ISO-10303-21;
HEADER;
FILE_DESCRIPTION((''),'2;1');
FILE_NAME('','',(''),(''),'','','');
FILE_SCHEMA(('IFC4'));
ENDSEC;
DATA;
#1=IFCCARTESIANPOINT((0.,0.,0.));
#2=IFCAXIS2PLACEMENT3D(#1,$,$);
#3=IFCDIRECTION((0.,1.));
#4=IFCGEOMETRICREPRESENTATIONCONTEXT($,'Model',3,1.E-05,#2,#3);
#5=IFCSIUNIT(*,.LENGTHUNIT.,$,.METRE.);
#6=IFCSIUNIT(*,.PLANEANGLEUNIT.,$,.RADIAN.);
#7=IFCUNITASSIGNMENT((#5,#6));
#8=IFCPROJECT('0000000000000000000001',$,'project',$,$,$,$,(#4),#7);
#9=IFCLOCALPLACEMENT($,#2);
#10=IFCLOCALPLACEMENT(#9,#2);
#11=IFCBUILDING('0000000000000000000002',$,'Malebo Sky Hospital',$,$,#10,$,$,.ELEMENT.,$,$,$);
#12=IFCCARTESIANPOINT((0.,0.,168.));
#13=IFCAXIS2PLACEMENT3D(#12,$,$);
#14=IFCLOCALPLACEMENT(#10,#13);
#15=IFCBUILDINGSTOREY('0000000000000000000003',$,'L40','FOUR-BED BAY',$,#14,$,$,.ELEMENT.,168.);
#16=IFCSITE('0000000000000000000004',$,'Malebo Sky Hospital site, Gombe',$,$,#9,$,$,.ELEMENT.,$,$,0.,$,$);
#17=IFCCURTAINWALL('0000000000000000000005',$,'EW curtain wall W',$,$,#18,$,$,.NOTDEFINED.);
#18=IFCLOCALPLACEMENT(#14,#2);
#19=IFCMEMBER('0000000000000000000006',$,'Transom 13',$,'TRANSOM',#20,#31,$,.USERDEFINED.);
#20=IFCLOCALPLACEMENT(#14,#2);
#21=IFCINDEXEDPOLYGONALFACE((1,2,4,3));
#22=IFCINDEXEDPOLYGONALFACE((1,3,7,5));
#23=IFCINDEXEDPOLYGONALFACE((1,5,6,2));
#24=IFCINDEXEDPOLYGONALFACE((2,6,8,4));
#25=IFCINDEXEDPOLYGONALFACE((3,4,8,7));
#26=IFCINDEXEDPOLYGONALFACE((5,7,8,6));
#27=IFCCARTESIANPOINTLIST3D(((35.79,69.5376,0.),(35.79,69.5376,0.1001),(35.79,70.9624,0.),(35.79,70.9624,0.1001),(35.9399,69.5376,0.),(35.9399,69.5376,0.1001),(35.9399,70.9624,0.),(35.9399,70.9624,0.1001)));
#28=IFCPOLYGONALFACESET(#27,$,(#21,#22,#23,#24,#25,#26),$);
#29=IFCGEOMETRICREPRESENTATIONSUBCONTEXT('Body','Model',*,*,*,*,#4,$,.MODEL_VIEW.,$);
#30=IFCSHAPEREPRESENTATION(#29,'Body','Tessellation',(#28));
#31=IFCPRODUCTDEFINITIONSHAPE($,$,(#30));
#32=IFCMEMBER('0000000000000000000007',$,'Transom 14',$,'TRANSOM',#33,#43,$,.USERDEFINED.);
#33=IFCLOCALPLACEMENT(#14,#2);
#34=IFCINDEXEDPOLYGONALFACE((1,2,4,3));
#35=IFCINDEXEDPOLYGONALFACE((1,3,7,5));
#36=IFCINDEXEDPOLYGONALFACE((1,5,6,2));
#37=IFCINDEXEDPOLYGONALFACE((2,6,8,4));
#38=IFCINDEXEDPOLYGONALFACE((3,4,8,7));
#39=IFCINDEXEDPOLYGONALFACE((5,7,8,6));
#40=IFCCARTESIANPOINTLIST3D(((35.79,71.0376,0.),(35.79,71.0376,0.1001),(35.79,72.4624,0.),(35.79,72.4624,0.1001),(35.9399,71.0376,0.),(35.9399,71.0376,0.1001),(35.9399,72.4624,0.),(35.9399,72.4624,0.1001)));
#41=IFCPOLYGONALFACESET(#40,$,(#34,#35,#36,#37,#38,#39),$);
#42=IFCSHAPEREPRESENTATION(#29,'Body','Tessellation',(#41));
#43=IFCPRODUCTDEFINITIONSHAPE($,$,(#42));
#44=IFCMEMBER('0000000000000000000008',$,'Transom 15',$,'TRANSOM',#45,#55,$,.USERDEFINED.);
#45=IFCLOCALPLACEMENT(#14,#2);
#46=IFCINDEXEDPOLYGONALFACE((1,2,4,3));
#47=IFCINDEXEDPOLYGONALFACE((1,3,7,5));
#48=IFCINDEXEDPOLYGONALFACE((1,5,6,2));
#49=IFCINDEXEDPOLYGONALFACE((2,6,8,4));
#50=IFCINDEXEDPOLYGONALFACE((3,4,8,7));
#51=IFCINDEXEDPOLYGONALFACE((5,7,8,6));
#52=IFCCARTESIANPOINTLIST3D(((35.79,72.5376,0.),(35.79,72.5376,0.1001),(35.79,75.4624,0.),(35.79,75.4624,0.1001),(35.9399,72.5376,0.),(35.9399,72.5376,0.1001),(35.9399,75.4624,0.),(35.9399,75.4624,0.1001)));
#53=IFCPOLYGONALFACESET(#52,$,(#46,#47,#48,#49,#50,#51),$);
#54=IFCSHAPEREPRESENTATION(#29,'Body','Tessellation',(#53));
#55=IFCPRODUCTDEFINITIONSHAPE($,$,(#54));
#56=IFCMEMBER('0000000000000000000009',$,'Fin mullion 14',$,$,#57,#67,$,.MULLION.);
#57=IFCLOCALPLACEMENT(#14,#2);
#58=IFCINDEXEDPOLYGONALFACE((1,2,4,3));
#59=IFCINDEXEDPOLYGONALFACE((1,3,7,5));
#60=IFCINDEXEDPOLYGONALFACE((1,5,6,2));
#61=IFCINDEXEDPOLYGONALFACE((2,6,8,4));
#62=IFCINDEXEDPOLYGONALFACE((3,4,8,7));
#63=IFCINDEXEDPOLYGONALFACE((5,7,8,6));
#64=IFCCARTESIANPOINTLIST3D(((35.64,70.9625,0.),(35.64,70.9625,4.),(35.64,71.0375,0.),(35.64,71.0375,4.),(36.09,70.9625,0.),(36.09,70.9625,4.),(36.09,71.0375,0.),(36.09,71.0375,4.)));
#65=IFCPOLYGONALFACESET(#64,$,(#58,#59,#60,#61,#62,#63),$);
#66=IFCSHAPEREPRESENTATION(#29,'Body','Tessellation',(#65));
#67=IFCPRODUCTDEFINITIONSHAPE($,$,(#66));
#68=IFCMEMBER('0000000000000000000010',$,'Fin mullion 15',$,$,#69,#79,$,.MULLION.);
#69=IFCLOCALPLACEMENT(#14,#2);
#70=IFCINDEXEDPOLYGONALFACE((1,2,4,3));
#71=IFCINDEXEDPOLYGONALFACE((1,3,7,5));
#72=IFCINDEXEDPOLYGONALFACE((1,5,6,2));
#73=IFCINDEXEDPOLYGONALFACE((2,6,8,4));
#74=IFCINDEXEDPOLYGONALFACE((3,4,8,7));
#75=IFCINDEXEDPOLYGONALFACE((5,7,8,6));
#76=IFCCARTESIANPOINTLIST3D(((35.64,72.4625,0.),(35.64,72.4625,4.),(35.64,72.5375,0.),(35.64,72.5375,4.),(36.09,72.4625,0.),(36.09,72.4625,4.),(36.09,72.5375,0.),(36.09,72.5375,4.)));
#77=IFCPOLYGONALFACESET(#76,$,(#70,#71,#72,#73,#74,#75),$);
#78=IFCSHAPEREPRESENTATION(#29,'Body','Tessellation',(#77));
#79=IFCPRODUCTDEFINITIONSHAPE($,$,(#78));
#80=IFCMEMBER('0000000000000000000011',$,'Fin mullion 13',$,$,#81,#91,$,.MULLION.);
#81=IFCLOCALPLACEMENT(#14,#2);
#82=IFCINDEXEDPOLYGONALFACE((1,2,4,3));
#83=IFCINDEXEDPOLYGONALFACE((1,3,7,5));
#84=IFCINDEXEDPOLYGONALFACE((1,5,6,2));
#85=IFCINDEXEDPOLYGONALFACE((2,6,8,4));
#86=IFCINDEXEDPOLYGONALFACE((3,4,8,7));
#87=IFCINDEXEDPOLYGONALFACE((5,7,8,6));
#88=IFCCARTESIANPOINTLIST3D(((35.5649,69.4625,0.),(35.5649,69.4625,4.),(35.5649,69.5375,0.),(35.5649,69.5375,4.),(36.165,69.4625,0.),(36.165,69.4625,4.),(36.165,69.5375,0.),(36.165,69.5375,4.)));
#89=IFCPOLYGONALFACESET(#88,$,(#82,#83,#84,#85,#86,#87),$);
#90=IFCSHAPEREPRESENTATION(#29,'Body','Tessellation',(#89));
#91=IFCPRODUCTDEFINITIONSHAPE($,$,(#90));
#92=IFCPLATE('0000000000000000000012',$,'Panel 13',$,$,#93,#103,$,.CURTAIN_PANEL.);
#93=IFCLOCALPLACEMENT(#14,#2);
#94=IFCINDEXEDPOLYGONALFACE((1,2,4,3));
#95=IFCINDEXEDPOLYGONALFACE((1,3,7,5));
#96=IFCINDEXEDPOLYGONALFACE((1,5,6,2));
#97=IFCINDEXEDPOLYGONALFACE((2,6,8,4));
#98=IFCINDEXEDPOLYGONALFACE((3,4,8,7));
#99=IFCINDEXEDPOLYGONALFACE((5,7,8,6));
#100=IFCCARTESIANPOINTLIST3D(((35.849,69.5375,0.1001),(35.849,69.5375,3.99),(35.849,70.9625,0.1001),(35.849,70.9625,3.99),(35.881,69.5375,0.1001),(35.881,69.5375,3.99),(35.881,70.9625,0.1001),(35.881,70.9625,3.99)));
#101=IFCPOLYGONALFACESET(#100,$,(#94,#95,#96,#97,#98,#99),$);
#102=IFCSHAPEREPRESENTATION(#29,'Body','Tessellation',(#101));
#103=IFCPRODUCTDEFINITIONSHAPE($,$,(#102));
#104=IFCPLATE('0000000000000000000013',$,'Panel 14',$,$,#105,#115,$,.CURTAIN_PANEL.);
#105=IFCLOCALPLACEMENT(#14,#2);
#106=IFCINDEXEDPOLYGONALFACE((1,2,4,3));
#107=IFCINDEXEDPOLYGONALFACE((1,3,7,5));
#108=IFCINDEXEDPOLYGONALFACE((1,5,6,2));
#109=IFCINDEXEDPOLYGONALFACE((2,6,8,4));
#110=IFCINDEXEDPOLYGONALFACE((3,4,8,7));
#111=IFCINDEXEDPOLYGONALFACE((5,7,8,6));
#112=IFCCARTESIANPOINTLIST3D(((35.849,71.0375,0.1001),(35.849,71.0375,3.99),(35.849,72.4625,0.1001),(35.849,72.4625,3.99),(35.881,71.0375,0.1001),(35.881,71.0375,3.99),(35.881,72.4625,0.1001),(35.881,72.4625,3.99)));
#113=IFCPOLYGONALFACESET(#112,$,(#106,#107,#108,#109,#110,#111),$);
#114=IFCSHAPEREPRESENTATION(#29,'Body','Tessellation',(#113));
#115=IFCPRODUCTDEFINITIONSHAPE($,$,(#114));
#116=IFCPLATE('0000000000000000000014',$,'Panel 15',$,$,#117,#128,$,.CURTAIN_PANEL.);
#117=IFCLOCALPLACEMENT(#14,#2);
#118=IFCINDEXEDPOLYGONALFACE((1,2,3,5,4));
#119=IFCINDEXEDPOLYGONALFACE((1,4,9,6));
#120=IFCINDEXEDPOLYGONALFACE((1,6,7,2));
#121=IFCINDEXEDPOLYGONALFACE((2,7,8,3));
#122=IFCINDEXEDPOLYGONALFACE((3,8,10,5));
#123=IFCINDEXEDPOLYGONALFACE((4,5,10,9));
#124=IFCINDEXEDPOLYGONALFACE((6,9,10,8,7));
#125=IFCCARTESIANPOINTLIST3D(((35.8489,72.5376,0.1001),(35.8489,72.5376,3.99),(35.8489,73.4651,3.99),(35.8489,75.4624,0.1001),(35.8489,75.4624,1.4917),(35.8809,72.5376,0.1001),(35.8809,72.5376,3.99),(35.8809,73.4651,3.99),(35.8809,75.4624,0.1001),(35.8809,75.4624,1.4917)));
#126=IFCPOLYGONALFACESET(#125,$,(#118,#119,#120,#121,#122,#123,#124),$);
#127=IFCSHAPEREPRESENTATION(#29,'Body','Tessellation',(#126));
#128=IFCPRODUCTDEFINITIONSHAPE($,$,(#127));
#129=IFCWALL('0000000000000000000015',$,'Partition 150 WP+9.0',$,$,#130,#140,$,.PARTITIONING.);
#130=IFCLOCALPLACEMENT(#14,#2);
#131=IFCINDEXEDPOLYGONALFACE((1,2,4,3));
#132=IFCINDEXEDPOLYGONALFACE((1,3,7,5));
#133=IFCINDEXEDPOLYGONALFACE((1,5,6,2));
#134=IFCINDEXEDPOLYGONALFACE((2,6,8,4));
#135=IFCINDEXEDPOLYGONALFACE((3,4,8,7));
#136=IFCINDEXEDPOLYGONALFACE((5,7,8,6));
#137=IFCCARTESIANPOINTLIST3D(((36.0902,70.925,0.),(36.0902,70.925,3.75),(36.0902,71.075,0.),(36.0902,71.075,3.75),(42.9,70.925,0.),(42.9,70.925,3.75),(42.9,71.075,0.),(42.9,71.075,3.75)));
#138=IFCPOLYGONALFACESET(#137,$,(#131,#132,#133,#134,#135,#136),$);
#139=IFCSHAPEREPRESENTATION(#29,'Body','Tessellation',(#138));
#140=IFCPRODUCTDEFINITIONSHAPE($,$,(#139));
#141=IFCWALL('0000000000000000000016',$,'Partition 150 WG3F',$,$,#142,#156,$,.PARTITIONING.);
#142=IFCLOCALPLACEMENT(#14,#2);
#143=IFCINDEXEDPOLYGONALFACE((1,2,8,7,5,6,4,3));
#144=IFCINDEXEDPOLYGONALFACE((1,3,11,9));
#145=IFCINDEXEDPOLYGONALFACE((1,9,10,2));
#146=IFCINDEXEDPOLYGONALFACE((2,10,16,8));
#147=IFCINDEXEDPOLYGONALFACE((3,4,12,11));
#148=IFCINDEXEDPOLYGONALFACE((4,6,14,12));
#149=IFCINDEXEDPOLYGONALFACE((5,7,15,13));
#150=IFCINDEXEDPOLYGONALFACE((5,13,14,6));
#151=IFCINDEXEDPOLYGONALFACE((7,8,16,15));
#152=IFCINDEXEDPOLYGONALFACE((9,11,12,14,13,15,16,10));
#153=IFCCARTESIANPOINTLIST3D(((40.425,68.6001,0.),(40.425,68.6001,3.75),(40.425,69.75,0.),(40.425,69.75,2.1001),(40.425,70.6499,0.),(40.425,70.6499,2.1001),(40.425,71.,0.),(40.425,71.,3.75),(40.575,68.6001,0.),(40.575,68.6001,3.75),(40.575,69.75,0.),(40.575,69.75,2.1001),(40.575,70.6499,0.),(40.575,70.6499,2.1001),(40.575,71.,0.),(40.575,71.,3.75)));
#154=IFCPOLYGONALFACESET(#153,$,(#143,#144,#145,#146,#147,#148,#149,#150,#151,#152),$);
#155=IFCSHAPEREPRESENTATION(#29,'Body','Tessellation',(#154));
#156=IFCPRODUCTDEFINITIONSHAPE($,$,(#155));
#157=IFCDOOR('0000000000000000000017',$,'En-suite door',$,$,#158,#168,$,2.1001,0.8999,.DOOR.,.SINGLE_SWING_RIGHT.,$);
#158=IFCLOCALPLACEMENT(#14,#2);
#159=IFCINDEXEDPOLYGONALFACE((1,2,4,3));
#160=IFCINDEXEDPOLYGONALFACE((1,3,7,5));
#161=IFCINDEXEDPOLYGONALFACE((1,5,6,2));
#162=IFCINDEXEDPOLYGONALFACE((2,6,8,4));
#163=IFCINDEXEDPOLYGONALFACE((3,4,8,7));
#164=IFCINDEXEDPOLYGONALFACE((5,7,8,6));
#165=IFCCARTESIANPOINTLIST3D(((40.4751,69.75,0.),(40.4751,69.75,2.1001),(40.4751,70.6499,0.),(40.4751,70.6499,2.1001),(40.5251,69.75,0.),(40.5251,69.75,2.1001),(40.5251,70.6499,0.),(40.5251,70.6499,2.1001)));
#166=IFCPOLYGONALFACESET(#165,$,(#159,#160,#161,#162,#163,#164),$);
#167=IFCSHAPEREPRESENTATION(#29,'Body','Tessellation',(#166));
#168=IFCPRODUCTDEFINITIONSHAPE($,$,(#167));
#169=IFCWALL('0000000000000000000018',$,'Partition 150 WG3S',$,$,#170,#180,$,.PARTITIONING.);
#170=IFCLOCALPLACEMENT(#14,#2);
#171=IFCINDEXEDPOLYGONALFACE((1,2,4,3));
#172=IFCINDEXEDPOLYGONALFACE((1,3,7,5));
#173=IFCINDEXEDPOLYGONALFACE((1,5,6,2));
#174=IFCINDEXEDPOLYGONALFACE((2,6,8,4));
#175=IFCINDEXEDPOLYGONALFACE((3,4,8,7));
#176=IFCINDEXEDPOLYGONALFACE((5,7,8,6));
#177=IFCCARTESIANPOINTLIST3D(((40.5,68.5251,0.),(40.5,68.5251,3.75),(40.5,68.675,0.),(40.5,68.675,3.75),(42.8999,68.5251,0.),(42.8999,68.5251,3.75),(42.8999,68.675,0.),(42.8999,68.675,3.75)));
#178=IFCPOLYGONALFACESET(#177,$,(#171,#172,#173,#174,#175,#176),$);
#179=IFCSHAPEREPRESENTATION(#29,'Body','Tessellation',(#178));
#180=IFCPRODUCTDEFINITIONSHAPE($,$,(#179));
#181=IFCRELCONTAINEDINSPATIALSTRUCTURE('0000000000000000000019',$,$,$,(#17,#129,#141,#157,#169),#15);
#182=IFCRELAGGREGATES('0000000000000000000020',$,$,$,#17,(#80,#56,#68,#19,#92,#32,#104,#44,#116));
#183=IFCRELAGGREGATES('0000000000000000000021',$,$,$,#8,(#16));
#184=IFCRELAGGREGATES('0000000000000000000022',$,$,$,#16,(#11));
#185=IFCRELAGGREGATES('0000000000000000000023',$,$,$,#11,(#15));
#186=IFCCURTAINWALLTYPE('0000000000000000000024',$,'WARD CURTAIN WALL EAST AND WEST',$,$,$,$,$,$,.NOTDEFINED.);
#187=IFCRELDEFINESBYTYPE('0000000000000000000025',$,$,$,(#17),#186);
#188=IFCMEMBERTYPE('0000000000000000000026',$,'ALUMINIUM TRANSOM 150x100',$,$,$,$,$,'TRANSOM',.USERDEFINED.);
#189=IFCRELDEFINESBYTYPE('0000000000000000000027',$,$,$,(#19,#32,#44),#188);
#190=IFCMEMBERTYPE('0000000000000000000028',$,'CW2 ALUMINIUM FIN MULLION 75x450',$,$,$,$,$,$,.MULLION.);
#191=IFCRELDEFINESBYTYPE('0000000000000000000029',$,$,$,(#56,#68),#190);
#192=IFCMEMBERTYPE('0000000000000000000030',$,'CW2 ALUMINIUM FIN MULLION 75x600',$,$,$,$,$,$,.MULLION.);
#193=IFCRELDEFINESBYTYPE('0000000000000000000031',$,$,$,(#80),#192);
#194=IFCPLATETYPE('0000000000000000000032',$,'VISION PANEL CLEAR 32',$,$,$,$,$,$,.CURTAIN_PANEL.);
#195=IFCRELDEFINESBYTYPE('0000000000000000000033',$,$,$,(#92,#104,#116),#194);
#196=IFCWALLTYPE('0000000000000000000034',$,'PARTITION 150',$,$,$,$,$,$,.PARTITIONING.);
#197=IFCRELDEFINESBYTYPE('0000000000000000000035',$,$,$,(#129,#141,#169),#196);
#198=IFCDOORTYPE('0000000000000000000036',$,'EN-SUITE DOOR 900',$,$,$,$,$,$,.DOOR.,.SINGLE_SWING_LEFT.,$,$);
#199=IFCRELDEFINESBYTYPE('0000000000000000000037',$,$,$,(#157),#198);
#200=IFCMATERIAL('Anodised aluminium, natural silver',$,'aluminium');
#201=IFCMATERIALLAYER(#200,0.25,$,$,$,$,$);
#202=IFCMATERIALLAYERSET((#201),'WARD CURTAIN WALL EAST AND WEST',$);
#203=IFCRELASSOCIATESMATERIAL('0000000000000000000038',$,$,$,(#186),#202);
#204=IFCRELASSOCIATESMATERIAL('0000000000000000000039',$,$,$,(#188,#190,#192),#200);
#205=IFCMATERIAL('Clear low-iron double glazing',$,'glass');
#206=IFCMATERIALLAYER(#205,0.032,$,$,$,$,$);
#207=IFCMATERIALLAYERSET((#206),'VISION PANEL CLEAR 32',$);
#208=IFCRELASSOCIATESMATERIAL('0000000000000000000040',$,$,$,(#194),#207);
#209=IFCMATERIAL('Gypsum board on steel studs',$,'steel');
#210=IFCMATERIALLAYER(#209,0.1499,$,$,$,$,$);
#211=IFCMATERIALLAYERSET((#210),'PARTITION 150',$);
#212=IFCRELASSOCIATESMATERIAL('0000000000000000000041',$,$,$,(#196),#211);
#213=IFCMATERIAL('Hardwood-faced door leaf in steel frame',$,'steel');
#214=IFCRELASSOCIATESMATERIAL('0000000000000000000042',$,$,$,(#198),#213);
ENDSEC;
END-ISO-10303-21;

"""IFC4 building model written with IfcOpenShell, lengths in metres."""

from ifc_helpers import new_model, si_unit, direction, frame, frame_2d, origin, origin_2d, place, context, subcontext, project, spatial, polyline, rectangle, outline, extrude, material, layer, layer_set, material_profile, profile_set, type_object, element, fill, aggregate, save


model = new_model("IFC4")

# Units and contexts
model_context = context("Model", 3, precision=1e-05, world=origin(), true_north=direction((0.0, 1.0)))
body_context = subcontext(model_context, "Body", "Model", "MODEL_VIEW")
ifc_project = project(units=[si_unit("LENGTHUNIT", "METRE"), si_unit("PLANEANGLEUNIT", "RADIAN")], contexts=[model_context])

# Site, building, storey
site_placement = place(None, origin())
site = spatial("IfcSite", under=ifc_project, at=site_placement, Name="Malebo Sky Hospital site, Gombe", CompositionType="ELEMENT", RefElevation=0.0)
building_placement = place(site_placement, origin())
building = spatial("IfcBuilding", under=site, at=building_placement, Name="Malebo Sky Hospital", CompositionType="ELEMENT")
storey_placement = place(building_placement, frame((0.0, 0.0, 168.0)))
storey = spatial("IfcBuildingStorey", under=building, at=storey_placement, Name="L40", Description="FOUR-BED BAY", CompositionType="ELEMENT", Elevation=168.0)

# Curtain wall, members, plates
ifc_material_1 = material(Name="Anodised aluminium, natural silver", Category="aluminium")
ifc_layer_1 = layer(ifc_material_1, 0.25)
ifc_layer_set_1 = layer_set([ifc_layer_1], Name="WARD CURTAIN WALL EAST AND WEST")
curtain_wall_type = type_object("IfcCurtainWallType", Name="WARD CURTAIN WALL EAST AND WEST", PredefinedType="NOTDEFINED", material=ifc_layer_set_1)
curtain_wall_placement = place(storey_placement, origin())
curtain_wall = element("IfcCurtainWall", 1, at=curtain_wall_placement, inside=storey, type_object=curtain_wall_type, Name="EW curtain wall W", PredefinedType="NOTDEFINED")
ifc_material_profile_1 = material_profile(ifc_material_1, rectangle(XDim=0.1499, YDim=0.1001, at=origin_2d()), Name="ALUMINIUM TRANSOM 150x100")
ifc_profile_set_1 = profile_set([ifc_material_profile_1], Name="Anodised aluminium, natural silver")
member_type_1 = type_object("IfcMemberType", Name="ALUMINIUM TRANSOM 150x100", ElementType="TRANSOM", PredefinedType="USERDEFINED", material=ifc_profile_set_1)
member_1_placement = place(storey_placement, frame((35.865, 69.5376, 0.05), z_axis=(0.0, 1.0, 0.0), x_axis=(-1.0, 0.0, 0.0)))
member_1 = element("IfcMember", 2, at=member_1_placement, type_object=member_type_1, Name="Transom 13", ObjectType="TRANSOM", PredefinedType="USERDEFINED", context=body_context, shape_type="SweptSolid", body=[
    extrude(rectangle(XDim=0.1499, YDim=0.1001, at=origin_2d()), origin(), (0.0, 0.0, 1.0), 1.4248),
])
member_2_placement = place(storey_placement, frame((35.865, 71.0376, 0.05), z_axis=(0.0, 1.0, 0.0), x_axis=(-1.0, 0.0, 0.0)))
member_2 = element("IfcMember", 3, at=member_2_placement, type_object=member_type_1, Name="Transom 14", ObjectType="TRANSOM", PredefinedType="USERDEFINED", context=body_context, shape_type="SweptSolid", body=[
    extrude(rectangle(XDim=0.1499, YDim=0.1001, at=origin_2d()), origin(), (0.0, 0.0, 1.0), 1.4248),
])
member_3_placement = place(storey_placement, frame((35.865, 72.5376, 0.05), z_axis=(0.0, 1.0, 0.0), x_axis=(-1.0, 0.0, 0.0)))
member_3 = element("IfcMember", 4, at=member_3_placement, type_object=member_type_1, Name="Transom 15", ObjectType="TRANSOM", PredefinedType="USERDEFINED", context=body_context, shape_type="SweptSolid", body=[
    extrude(rectangle(XDim=0.1499, YDim=0.1001, at=origin_2d()), origin(), (0.0, 0.0, 1.0), 2.9248),
])
ifc_material_profile_2 = material_profile(ifc_material_1, rectangle(XDim=0.075, YDim=0.45, at=origin_2d()), Name="CW2 ALUMINIUM FIN MULLION 75x450")
ifc_profile_set_2 = profile_set([ifc_material_profile_2], Name="Anodised aluminium, natural silver")
member_type_2 = type_object("IfcMemberType", Name="CW2 ALUMINIUM FIN MULLION 75x450", PredefinedType="MULLION", material=ifc_profile_set_2)
member_4_placement = place(storey_placement, frame((35.865, 71.0, 0.0), z_axis=(0.0, 0.0, 1.0), x_axis=(0.0, 1.0, 0.0)))
member_4 = element("IfcMember", 5, at=member_4_placement, type_object=member_type_2, Name="Fin mullion 14", PredefinedType="MULLION", context=body_context, shape_type="SweptSolid", body=[
    extrude(rectangle(XDim=0.075, YDim=0.45, at=origin_2d()), origin(), (0.0, 0.0, 1.0), 4.0),
])
member_5_placement = place(storey_placement, frame((35.865, 72.5, 0.0), z_axis=(0.0, 0.0, 1.0), x_axis=(0.0, 1.0, 0.0)))
member_5 = element("IfcMember", 6, at=member_5_placement, type_object=member_type_2, Name="Fin mullion 15", PredefinedType="MULLION", context=body_context, shape_type="SweptSolid", body=[
    extrude(rectangle(XDim=0.075, YDim=0.45, at=origin_2d()), origin(), (0.0, 0.0, 1.0), 4.0),
])
ifc_material_profile_3 = material_profile(ifc_material_1, rectangle(XDim=0.075, YDim=0.6001, at=origin_2d()), Name="CW2 ALUMINIUM FIN MULLION 75x600")
ifc_profile_set_3 = profile_set([ifc_material_profile_3], Name="Anodised aluminium, natural silver")
member_type_3 = type_object("IfcMemberType", Name="CW2 ALUMINIUM FIN MULLION 75x600", PredefinedType="MULLION", material=ifc_profile_set_3)
member_6_placement = place(storey_placement, frame((35.865, 69.5, 0.0), z_axis=(0.0, 0.0, 1.0), x_axis=(0.0, 1.0, 0.0)))
member_6 = element("IfcMember", 7, at=member_6_placement, type_object=member_type_3, Name="Fin mullion 13", PredefinedType="MULLION", context=body_context, shape_type="SweptSolid", body=[
    extrude(rectangle(XDim=0.075, YDim=0.6001, at=origin_2d()), origin(), (0.0, 0.0, 1.0), 4.0),
])
ifc_material_2 = material(Name="Clear low-iron double glazing", Category="glass")
ifc_layer_2 = layer(ifc_material_2, 0.032)
ifc_layer_set_2 = layer_set([ifc_layer_2], Name="VISION PANEL CLEAR 32")
plate_type = type_object("IfcPlateType", Name="VISION PANEL CLEAR 32", PredefinedType="CURTAIN_PANEL", material=ifc_layer_set_2)
plate_1_placement = place(storey_placement, frame((35.865, 70.25, 0.1001), z_axis=(0.0, 0.0, 1.0), x_axis=(0.0, 1.0, 0.0)))
plate_1 = element("IfcPlate", 8, at=plate_1_placement, type_object=plate_type, Name="Panel 13", PredefinedType="CURTAIN_PANEL", context=body_context, shape_type="SweptSolid", body=[
    extrude(rectangle(XDim=1.425, YDim=0.032, at=origin_2d()), origin(), (0.0, 0.0, 1.0), 3.8899),
])
plate_2_placement = place(storey_placement, frame((35.865, 71.75, 0.1001), z_axis=(0.0, 0.0, 1.0), x_axis=(0.0, 1.0, 0.0)))
plate_2 = element("IfcPlate", 9, at=plate_2_placement, type_object=plate_type, Name="Panel 14", PredefinedType="CURTAIN_PANEL", context=body_context, shape_type="SweptSolid", body=[
    extrude(rectangle(XDim=1.425, YDim=0.032, at=origin_2d()), origin(), (0.0, 0.0, 1.0), 3.8899),
])
plate_3_placement = place(storey_placement, frame((35.865, 74.0, 0.1001), z_axis=(0.0, 0.0, 1.0), x_axis=(0.0, 1.0, 0.0)))
plate_3 = element("IfcPlate", 10, at=plate_3_placement, type_object=plate_type, Name="Panel 15", PredefinedType="CURTAIN_PANEL", context=body_context, shape_type="SweptSolid", body=[
    extrude(outline(polyline([(-1.4624, 0.0), (1.4624, 0.0), (1.4624, 1.3916), (-0.5349, 3.8899), (-1.4624, 3.8899), (-1.4624, 0.0)])), frame((0.0, 0.0161, 0.0), z_axis=(0.0, -1.0, 0.0), x_axis=(1.0, 0.0, 0.0)), (0.0, 0.0, 1.0), 0.032),
])
aggregate(curtain_wall, [member_6, member_4, member_5, member_1, plate_1, member_2, plate_2, member_3, plate_3])

# Wall
ifc_material_3 = material(Name="Gypsum board on steel studs", Category="steel")
ifc_layer_3 = layer(ifc_material_3, 0.1499)
ifc_layer_set_3 = layer_set([ifc_layer_3], Name="PARTITION 150")
wall_type = type_object("IfcWallType", Name="PARTITION 150", PredefinedType="PARTITIONING", material=ifc_layer_set_3)
wall_1_placement = place(storey_placement, frame((42.8999, 71.0, 0.0), z_axis=(0.0, 0.0, 1.0), x_axis=(-1.0, 0.0, 0.0)))
element("IfcWall", 11, at=wall_1_placement, inside=storey, type_object=wall_type, Name="Partition 150 WP+9.0", PredefinedType="PARTITIONING", context=body_context, shape_type="SweptSolid", body=[
    extrude(rectangle(XDim=6.8098, YDim=0.1499, at=frame_2d((3.4048, 0.0))), origin(), (0.0, 0.0, 1.0), 3.75),
])

# Wall, opening, door
wall_2_placement = place(storey_placement, frame((40.5, 68.6001, 0.0), z_axis=(0.0, 0.0, 1.0), x_axis=(0.0, 1.0, 0.0)))
wall_2 = element("IfcWall", 12, at=wall_2_placement, inside=storey, type_object=wall_type, Name="Partition 150 WG3F", PredefinedType="PARTITIONING", context=body_context, shape_type="SweptSolid", body=[
    extrude(rectangle(XDim=2.3999, YDim=0.1499, at=frame_2d((1.2, 0.0))), origin(), (0.0, 0.0, 1.0), 3.75),
])
opening_1_placement = place(wall_2_placement, frame((1.1499, 0.0, 0.0)))
opening_1 = element("IfcOpeningElement", 13, at=opening_1_placement, cuts=wall_2, PredefinedType="OPENING", context=body_context, shape_type="SweptSolid", body=[
    extrude(rectangle(XDim=0.8999, YDim=2.1001, at=frame_2d((0.45, 1.05))), frame((0.0, 0.085, 0.0), z_axis=(0.0, -1.0, 0.0), x_axis=(1.0, 0.0, 0.0)), (0.0, 0.0, 1.0), 0.1699),
])
ifc_material_4 = material(Name="Hardwood-faced door leaf in steel frame", Category="steel")
door_type = type_object("IfcDoorType", Name="EN-SUITE DOOR 900", OperationType="SINGLE_SWING_LEFT", PredefinedType="DOOR", material=ifc_material_4)
door_1_placement = place(opening_1_placement, origin())
door_1 = element("IfcDoor", 14, at=door_1_placement, inside=storey, type_object=door_type, Name="En-suite door", OperationType="SINGLE_SWING_RIGHT", OverallHeight=2.1001, OverallWidth=0.8999, PredefinedType="DOOR", context=body_context, shape_type="SweptSolid", body=[
    extrude(rectangle(XDim=0.8999, YDim=2.1001, at=frame_2d((0.45, 1.05))), frame((0.0, 0.0249, 0.0), z_axis=(0.0, -1.0, 0.0), x_axis=(1.0, 0.0, 0.0)), (0.0, 0.0, 1.0), 0.05),
])
fill(opening_1, door_1)

# Wall
wall_3_placement = place(storey_placement, frame((42.8999, 68.6001, 0.0), z_axis=(0.0, 0.0, 1.0), x_axis=(-1.0, 0.0, 0.0)))
element("IfcWall", 15, at=wall_3_placement, inside=storey, type_object=wall_type, Name="Partition 150 WG3S", PredefinedType="PARTITIONING", context=body_context, shape_type="SweptSolid", body=[
    extrude(rectangle(XDim=2.3999, YDim=0.1499, at=frame_2d((1.2, 0.0))), origin(), (0.0, 0.0, 1.0), 3.75),
])

save(model, "model.ifc")
